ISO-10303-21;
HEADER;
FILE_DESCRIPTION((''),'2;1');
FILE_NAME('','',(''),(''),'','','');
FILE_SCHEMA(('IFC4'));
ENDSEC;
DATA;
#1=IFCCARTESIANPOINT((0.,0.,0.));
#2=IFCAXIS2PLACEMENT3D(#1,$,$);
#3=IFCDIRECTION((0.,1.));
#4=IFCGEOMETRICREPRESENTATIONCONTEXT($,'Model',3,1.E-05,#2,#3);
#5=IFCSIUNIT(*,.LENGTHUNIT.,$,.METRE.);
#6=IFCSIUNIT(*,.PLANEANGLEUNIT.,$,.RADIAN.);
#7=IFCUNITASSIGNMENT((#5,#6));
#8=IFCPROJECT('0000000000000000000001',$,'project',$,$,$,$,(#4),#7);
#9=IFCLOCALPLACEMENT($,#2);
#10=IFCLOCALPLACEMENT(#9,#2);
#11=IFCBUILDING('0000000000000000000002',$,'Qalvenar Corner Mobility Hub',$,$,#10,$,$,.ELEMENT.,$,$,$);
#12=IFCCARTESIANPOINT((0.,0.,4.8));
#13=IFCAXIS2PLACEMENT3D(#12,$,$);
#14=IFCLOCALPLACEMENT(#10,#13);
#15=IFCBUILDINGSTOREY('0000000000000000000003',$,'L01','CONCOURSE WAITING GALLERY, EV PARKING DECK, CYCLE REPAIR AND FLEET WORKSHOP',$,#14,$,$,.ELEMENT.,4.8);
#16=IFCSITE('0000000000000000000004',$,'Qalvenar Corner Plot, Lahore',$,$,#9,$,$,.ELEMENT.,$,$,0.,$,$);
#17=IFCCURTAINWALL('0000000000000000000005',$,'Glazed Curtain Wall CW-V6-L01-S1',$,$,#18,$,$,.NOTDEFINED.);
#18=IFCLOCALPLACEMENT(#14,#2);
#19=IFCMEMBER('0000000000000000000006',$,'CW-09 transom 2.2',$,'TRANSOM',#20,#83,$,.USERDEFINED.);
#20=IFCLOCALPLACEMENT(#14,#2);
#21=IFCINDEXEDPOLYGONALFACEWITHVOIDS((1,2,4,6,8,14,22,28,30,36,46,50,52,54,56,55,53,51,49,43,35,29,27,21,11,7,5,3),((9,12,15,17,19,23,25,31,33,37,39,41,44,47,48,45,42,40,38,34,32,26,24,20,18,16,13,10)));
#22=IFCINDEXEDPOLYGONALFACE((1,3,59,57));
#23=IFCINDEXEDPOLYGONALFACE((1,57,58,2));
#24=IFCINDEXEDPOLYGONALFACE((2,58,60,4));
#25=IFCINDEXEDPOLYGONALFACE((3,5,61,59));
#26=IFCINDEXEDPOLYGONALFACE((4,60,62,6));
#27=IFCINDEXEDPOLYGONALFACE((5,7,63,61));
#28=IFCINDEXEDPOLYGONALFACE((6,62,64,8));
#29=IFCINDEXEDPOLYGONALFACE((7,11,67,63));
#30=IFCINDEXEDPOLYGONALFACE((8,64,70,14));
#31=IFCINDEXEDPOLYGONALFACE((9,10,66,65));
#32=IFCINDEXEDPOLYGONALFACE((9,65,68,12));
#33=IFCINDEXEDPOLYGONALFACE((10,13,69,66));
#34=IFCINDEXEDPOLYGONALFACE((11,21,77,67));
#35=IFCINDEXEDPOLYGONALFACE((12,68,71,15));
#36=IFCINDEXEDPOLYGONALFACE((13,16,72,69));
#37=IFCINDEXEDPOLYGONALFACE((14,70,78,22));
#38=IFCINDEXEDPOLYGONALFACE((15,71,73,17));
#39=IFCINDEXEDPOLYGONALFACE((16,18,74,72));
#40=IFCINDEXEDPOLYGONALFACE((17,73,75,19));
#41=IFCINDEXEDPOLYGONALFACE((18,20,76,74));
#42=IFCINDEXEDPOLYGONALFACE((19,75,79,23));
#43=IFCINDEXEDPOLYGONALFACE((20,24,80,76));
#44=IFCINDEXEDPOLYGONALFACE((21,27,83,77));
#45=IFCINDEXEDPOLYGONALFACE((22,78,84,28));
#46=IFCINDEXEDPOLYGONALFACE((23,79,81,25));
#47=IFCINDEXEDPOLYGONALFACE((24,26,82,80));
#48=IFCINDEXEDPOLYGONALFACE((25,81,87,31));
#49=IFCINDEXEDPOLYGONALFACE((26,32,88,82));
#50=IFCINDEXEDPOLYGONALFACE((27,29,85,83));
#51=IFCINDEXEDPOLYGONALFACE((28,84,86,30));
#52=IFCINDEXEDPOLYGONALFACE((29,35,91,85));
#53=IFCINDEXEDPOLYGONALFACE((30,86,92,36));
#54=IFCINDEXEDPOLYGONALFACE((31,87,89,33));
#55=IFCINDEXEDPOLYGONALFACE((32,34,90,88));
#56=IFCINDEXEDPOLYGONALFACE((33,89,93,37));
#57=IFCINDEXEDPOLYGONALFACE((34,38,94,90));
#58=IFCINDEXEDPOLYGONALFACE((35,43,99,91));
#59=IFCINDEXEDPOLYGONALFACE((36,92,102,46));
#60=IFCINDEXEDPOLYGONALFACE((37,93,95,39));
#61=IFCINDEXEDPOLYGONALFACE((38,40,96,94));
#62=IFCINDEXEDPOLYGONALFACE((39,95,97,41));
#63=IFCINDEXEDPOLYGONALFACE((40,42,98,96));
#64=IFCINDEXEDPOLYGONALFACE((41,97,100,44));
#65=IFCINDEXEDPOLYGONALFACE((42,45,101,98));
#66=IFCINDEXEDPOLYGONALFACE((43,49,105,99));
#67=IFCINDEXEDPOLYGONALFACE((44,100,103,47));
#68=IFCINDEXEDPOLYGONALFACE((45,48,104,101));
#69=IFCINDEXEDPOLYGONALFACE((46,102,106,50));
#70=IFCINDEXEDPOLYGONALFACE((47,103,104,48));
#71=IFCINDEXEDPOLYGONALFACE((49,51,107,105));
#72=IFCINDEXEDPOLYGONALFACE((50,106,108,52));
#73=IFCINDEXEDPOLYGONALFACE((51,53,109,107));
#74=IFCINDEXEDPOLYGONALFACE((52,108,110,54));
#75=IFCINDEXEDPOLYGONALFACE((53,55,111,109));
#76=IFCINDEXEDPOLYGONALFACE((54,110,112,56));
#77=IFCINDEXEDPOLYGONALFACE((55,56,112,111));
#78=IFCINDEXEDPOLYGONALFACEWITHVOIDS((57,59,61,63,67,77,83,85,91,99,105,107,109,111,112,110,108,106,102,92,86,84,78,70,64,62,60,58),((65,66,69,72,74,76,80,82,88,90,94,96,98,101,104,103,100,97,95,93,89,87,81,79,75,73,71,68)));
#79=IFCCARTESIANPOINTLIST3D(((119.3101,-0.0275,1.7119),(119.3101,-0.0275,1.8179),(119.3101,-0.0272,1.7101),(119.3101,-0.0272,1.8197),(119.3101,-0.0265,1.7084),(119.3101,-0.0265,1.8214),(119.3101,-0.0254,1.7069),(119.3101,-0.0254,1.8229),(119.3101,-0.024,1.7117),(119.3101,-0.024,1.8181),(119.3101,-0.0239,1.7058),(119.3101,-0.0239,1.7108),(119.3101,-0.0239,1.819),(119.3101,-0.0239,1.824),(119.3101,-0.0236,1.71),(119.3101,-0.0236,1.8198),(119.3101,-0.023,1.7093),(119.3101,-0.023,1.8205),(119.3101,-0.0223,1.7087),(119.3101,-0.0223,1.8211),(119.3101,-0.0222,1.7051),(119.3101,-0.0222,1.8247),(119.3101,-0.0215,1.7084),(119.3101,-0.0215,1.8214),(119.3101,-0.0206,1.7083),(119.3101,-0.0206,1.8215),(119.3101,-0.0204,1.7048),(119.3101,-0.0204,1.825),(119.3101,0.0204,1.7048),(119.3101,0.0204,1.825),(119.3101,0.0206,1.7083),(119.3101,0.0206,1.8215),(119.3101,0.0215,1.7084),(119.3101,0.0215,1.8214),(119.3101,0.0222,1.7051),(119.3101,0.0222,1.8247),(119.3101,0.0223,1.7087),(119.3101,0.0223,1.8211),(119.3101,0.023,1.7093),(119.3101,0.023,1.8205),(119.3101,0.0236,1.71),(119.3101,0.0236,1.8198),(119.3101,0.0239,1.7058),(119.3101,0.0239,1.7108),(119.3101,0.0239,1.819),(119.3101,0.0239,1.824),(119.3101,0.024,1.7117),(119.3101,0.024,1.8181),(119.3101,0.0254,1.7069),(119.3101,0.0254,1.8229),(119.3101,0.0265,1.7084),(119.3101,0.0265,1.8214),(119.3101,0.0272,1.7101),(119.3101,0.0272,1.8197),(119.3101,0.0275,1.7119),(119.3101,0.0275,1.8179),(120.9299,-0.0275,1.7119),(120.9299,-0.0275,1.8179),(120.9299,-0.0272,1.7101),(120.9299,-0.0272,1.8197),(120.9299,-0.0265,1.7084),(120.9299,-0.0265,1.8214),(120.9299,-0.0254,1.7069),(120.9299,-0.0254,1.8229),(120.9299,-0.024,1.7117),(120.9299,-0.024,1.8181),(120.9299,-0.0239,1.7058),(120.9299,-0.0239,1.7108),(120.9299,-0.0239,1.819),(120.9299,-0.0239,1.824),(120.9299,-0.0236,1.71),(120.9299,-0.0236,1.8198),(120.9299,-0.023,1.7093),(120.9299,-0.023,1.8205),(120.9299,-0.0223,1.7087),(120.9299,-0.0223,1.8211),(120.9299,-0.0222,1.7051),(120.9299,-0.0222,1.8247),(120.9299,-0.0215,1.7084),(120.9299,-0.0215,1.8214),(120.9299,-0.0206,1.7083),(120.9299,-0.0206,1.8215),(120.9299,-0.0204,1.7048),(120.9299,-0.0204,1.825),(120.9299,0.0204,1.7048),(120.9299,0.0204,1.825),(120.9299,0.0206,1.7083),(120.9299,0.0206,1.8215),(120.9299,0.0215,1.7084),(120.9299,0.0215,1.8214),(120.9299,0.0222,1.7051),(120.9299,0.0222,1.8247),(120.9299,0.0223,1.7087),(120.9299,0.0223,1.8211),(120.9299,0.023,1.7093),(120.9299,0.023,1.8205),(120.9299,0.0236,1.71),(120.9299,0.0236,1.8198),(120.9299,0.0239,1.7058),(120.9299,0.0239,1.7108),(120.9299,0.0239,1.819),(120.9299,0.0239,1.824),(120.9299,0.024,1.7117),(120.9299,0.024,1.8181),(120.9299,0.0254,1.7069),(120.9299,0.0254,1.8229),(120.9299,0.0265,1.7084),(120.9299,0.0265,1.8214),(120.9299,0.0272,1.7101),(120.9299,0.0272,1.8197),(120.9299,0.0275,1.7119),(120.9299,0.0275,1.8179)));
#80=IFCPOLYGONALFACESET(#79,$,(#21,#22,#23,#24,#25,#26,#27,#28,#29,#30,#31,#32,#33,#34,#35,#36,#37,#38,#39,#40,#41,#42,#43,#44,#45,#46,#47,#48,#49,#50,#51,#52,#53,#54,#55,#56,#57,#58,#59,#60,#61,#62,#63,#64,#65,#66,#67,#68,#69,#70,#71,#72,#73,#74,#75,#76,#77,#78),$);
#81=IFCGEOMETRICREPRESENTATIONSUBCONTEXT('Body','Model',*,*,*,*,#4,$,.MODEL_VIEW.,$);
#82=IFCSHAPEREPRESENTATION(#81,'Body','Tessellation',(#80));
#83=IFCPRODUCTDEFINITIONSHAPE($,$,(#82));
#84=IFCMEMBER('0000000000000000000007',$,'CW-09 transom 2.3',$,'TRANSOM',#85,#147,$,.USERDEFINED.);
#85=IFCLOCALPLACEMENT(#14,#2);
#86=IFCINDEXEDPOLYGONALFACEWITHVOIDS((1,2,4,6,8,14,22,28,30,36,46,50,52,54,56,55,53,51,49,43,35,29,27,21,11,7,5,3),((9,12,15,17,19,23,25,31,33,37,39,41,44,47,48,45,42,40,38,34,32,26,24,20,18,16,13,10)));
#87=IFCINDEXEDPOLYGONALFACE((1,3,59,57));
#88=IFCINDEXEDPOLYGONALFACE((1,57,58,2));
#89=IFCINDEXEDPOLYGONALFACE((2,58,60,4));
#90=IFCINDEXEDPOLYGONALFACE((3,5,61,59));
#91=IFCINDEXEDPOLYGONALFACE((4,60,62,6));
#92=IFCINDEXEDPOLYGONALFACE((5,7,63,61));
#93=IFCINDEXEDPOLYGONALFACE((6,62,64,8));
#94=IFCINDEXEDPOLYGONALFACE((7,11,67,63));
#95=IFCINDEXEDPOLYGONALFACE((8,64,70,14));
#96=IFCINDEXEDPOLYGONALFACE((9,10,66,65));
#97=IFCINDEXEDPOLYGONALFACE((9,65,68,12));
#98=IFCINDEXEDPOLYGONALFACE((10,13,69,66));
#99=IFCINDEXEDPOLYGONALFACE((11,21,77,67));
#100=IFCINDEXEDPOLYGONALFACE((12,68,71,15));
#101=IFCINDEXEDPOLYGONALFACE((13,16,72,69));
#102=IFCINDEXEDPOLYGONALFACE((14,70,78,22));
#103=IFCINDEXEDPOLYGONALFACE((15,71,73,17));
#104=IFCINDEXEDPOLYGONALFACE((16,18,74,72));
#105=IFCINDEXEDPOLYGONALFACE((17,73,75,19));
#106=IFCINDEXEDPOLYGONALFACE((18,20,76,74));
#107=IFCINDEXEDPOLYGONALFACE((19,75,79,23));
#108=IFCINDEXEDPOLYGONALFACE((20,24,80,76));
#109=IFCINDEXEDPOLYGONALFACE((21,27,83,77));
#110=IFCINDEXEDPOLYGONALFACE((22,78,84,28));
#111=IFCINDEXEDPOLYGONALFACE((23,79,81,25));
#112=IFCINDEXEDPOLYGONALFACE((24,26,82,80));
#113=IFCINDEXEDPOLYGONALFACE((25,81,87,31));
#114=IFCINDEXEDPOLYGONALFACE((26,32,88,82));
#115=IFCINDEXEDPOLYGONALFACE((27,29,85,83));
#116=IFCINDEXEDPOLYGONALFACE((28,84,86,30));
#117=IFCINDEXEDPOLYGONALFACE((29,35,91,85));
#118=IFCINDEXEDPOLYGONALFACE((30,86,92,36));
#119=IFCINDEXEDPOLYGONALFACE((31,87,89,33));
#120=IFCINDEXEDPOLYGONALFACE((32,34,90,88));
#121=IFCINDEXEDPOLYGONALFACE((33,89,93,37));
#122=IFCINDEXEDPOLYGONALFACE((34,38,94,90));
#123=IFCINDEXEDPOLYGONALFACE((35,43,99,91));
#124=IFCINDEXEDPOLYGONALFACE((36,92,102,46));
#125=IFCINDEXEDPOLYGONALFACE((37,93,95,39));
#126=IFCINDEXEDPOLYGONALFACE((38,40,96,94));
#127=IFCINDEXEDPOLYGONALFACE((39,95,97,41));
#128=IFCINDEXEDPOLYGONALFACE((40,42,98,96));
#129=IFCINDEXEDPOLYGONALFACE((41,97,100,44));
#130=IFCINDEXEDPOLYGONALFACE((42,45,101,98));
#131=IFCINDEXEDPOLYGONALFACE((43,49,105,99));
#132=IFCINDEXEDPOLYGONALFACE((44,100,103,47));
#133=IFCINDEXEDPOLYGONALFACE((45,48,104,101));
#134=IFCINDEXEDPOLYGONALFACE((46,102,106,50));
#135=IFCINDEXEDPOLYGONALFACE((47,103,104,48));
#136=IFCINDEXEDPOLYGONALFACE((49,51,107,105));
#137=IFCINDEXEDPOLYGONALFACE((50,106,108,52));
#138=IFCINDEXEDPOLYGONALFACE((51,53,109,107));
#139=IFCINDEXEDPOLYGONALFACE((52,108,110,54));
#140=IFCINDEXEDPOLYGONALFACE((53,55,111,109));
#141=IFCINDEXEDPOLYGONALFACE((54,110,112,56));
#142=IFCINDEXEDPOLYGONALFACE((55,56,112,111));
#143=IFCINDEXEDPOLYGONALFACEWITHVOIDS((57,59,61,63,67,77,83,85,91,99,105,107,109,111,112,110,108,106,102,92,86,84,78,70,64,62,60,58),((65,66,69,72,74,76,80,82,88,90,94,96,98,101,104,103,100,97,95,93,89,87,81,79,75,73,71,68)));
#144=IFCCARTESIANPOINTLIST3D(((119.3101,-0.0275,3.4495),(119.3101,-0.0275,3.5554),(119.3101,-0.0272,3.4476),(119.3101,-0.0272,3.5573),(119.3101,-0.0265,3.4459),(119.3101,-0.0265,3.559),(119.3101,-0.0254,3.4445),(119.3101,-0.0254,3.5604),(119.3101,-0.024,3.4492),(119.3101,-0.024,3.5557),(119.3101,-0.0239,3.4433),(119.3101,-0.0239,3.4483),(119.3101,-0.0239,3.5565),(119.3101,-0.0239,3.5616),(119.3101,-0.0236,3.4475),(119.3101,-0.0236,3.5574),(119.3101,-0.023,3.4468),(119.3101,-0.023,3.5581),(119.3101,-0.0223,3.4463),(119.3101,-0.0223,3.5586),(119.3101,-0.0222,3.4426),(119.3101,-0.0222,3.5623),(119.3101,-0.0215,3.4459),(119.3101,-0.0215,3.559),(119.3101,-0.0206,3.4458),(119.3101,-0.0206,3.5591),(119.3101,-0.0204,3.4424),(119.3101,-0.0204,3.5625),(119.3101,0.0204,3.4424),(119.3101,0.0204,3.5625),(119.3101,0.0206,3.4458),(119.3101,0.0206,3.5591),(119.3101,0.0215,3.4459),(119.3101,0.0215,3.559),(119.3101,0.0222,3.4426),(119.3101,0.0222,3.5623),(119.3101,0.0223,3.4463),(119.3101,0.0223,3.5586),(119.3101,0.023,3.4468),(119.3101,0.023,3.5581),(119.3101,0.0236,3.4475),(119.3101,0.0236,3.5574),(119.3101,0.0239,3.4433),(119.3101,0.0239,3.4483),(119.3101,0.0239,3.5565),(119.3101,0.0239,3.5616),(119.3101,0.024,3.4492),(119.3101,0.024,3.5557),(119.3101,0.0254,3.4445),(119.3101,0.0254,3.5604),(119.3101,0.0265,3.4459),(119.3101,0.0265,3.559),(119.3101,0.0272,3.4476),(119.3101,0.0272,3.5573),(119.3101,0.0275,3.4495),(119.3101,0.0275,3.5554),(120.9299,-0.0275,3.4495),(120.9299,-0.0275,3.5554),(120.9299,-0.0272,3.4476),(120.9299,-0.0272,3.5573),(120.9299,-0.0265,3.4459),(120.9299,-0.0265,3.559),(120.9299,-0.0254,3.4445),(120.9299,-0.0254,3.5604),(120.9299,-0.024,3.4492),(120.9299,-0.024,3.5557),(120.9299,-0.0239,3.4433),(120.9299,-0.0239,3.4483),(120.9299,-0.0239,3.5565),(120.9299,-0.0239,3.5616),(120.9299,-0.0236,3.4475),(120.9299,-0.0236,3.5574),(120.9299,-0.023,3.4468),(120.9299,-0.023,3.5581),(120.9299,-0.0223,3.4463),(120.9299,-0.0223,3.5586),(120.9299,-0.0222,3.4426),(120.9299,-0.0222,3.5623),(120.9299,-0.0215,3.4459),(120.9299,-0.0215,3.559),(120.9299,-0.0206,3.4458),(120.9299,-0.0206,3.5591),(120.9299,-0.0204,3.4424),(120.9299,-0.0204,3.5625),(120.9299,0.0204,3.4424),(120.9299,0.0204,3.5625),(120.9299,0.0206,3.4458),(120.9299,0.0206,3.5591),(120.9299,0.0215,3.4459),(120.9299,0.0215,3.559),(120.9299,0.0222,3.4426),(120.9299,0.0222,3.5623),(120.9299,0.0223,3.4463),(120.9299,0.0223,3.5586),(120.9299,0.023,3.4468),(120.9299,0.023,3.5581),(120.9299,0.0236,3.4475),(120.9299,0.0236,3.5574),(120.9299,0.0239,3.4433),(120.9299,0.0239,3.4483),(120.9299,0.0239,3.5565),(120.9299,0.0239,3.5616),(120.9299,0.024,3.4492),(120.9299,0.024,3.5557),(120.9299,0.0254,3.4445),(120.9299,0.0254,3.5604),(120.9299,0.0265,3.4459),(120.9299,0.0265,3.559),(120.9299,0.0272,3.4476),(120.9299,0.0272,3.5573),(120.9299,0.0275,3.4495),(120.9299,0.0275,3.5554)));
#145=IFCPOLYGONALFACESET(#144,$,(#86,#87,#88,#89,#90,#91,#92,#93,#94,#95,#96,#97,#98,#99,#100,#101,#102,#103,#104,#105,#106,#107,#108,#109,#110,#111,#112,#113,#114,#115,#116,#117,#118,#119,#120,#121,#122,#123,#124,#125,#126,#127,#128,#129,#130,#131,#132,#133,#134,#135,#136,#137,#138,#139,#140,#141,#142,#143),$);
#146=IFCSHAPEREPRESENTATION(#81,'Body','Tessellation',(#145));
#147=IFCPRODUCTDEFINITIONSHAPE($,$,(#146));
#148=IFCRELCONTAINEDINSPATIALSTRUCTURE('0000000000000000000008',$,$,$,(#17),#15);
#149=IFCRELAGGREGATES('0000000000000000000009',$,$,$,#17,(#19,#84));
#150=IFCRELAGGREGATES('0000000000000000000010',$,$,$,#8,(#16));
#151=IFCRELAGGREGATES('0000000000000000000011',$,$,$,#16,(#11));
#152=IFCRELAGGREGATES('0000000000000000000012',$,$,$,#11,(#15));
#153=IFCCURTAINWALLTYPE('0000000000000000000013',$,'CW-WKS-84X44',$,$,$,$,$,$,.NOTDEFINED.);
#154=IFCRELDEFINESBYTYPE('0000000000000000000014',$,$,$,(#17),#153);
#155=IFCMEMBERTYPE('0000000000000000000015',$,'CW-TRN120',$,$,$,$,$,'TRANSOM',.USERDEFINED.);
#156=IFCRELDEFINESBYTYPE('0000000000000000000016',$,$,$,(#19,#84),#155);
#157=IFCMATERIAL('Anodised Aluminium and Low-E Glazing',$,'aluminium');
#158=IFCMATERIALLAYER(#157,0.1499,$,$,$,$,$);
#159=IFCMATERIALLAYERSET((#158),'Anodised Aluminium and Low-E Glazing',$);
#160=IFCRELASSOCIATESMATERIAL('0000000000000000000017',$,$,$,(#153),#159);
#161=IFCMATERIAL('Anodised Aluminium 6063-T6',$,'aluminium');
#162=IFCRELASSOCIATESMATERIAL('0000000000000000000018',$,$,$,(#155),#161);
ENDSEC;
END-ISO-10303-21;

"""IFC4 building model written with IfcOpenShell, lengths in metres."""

from ifc_helpers import new_model, si_unit, direction, frame, origin, origin_2d, place, context, subcontext, project, spatial, hollow_rectangle, extrude, material, layer, layer_set, material_profile, profile_set, type_object, element, aggregate, save


model = new_model("IFC4")

# Units and contexts
model_context = context("Model", 3, precision=1e-05, world=origin(), true_north=direction((0.0, 1.0)))
body_context = subcontext(model_context, "Body", "Model", "MODEL_VIEW")
ifc_project = project(units=[si_unit("LENGTHUNIT", "METRE"), si_unit("PLANEANGLEUNIT", "RADIAN")], contexts=[model_context])

# Site, building, storey
site_placement = place(None, origin())
site = spatial("IfcSite", under=ifc_project, at=site_placement, Name="Qalvenar Corner Plot, Lahore", CompositionType="ELEMENT", RefElevation=0.0)
building_placement = place(site_placement, origin())
building = spatial("IfcBuilding", under=site, at=building_placement, Name="Qalvenar Corner Mobility Hub", CompositionType="ELEMENT")
storey_placement = place(building_placement, frame((0.0, 0.0, 4.8)))
storey = spatial("IfcBuildingStorey", under=building, at=storey_placement, Name="L01", Description="CONCOURSE WAITING GALLERY, EV PARKING DECK, CYCLE REPAIR AND FLEET WORKSHOP", CompositionType="ELEMENT", Elevation=4.8)

# Curtain wall, members
ifc_material_1 = material(Name="Anodised Aluminium and Low-E Glazing", Category="aluminium")
ifc_layer_1 = layer(ifc_material_1, 0.1499)
ifc_layer_set_1 = layer_set([ifc_layer_1], Name="Anodised Aluminium and Low-E Glazing")
curtain_wall_type = type_object("IfcCurtainWallType", Name="CW-WKS-84X44", PredefinedType="NOTDEFINED", material=ifc_layer_set_1)
curtain_wall_placement = place(storey_placement, origin())
curtain_wall = element("IfcCurtainWall", 1, at=curtain_wall_placement, inside=storey, type_object=curtain_wall_type, Name="Glazed Curtain Wall CW-V6-L01-S1", PredefinedType="NOTDEFINED")
ifc_material_2 = material(Name="Anodised Aluminium 6063-T6", Category="aluminium")
ifc_material_profile_1 = material_profile(ifc_material_2, hollow_rectangle(XDim=0.0549, YDim=0.1201, WallThickness=0.0034, InnerFilletRadius=0.0034, OuterFilletRadius=0.0071, at=origin_2d()), Name="RHS120x55x3.5")
ifc_profile_set_1 = profile_set([ifc_material_profile_1], Name="Anodised Aluminium 6063-T6")
member_type_1 = type_object("IfcMemberType", Name="CW-TRN120", ElementType="TRANSOM", PredefinedType="USERDEFINED", material=ifc_profile_set_1)
member_1_placement = place(storey_placement, frame((119.3101, 0.0, 1.7649), z_axis=(1.0, 0.0, 0.0), x_axis=(0.0, 1.0, 0.0)))
member_1 = element("IfcMember", 2, at=member_1_placement, type_object=member_type_1, Name="CW-09 transom 2.2", ObjectType="TRANSOM", PredefinedType="USERDEFINED", context=body_context, shape_type="SweptSolid", body=[
    extrude(hollow_rectangle(XDim=0.0549, YDim=0.1201, WallThickness=0.0034, InnerFilletRadius=0.0034, OuterFilletRadius=0.0071, at=origin_2d()), origin(), (0.0, 0.0, 1.0), 1.6199),
])
member_2_placement = place(storey_placement, frame((119.3101, 0.0, 3.5024), z_axis=(1.0, 0.0, 0.0), x_axis=(0.0, 1.0, 0.0)))
member_2 = element("IfcMember", 3, at=member_2_placement, type_object=member_type_1, Name="CW-09 transom 2.3", ObjectType="TRANSOM", PredefinedType="USERDEFINED", context=body_context, shape_type="SweptSolid", body=[
    extrude(hollow_rectangle(XDim=0.0549, YDim=0.1201, WallThickness=0.0034, InnerFilletRadius=0.0034, OuterFilletRadius=0.0071, at=origin_2d()), origin(), (0.0, 0.0, 1.0), 1.6199),
])
aggregate(curtain_wall, [member_1, member_2])

save(model, "model.ifc")
